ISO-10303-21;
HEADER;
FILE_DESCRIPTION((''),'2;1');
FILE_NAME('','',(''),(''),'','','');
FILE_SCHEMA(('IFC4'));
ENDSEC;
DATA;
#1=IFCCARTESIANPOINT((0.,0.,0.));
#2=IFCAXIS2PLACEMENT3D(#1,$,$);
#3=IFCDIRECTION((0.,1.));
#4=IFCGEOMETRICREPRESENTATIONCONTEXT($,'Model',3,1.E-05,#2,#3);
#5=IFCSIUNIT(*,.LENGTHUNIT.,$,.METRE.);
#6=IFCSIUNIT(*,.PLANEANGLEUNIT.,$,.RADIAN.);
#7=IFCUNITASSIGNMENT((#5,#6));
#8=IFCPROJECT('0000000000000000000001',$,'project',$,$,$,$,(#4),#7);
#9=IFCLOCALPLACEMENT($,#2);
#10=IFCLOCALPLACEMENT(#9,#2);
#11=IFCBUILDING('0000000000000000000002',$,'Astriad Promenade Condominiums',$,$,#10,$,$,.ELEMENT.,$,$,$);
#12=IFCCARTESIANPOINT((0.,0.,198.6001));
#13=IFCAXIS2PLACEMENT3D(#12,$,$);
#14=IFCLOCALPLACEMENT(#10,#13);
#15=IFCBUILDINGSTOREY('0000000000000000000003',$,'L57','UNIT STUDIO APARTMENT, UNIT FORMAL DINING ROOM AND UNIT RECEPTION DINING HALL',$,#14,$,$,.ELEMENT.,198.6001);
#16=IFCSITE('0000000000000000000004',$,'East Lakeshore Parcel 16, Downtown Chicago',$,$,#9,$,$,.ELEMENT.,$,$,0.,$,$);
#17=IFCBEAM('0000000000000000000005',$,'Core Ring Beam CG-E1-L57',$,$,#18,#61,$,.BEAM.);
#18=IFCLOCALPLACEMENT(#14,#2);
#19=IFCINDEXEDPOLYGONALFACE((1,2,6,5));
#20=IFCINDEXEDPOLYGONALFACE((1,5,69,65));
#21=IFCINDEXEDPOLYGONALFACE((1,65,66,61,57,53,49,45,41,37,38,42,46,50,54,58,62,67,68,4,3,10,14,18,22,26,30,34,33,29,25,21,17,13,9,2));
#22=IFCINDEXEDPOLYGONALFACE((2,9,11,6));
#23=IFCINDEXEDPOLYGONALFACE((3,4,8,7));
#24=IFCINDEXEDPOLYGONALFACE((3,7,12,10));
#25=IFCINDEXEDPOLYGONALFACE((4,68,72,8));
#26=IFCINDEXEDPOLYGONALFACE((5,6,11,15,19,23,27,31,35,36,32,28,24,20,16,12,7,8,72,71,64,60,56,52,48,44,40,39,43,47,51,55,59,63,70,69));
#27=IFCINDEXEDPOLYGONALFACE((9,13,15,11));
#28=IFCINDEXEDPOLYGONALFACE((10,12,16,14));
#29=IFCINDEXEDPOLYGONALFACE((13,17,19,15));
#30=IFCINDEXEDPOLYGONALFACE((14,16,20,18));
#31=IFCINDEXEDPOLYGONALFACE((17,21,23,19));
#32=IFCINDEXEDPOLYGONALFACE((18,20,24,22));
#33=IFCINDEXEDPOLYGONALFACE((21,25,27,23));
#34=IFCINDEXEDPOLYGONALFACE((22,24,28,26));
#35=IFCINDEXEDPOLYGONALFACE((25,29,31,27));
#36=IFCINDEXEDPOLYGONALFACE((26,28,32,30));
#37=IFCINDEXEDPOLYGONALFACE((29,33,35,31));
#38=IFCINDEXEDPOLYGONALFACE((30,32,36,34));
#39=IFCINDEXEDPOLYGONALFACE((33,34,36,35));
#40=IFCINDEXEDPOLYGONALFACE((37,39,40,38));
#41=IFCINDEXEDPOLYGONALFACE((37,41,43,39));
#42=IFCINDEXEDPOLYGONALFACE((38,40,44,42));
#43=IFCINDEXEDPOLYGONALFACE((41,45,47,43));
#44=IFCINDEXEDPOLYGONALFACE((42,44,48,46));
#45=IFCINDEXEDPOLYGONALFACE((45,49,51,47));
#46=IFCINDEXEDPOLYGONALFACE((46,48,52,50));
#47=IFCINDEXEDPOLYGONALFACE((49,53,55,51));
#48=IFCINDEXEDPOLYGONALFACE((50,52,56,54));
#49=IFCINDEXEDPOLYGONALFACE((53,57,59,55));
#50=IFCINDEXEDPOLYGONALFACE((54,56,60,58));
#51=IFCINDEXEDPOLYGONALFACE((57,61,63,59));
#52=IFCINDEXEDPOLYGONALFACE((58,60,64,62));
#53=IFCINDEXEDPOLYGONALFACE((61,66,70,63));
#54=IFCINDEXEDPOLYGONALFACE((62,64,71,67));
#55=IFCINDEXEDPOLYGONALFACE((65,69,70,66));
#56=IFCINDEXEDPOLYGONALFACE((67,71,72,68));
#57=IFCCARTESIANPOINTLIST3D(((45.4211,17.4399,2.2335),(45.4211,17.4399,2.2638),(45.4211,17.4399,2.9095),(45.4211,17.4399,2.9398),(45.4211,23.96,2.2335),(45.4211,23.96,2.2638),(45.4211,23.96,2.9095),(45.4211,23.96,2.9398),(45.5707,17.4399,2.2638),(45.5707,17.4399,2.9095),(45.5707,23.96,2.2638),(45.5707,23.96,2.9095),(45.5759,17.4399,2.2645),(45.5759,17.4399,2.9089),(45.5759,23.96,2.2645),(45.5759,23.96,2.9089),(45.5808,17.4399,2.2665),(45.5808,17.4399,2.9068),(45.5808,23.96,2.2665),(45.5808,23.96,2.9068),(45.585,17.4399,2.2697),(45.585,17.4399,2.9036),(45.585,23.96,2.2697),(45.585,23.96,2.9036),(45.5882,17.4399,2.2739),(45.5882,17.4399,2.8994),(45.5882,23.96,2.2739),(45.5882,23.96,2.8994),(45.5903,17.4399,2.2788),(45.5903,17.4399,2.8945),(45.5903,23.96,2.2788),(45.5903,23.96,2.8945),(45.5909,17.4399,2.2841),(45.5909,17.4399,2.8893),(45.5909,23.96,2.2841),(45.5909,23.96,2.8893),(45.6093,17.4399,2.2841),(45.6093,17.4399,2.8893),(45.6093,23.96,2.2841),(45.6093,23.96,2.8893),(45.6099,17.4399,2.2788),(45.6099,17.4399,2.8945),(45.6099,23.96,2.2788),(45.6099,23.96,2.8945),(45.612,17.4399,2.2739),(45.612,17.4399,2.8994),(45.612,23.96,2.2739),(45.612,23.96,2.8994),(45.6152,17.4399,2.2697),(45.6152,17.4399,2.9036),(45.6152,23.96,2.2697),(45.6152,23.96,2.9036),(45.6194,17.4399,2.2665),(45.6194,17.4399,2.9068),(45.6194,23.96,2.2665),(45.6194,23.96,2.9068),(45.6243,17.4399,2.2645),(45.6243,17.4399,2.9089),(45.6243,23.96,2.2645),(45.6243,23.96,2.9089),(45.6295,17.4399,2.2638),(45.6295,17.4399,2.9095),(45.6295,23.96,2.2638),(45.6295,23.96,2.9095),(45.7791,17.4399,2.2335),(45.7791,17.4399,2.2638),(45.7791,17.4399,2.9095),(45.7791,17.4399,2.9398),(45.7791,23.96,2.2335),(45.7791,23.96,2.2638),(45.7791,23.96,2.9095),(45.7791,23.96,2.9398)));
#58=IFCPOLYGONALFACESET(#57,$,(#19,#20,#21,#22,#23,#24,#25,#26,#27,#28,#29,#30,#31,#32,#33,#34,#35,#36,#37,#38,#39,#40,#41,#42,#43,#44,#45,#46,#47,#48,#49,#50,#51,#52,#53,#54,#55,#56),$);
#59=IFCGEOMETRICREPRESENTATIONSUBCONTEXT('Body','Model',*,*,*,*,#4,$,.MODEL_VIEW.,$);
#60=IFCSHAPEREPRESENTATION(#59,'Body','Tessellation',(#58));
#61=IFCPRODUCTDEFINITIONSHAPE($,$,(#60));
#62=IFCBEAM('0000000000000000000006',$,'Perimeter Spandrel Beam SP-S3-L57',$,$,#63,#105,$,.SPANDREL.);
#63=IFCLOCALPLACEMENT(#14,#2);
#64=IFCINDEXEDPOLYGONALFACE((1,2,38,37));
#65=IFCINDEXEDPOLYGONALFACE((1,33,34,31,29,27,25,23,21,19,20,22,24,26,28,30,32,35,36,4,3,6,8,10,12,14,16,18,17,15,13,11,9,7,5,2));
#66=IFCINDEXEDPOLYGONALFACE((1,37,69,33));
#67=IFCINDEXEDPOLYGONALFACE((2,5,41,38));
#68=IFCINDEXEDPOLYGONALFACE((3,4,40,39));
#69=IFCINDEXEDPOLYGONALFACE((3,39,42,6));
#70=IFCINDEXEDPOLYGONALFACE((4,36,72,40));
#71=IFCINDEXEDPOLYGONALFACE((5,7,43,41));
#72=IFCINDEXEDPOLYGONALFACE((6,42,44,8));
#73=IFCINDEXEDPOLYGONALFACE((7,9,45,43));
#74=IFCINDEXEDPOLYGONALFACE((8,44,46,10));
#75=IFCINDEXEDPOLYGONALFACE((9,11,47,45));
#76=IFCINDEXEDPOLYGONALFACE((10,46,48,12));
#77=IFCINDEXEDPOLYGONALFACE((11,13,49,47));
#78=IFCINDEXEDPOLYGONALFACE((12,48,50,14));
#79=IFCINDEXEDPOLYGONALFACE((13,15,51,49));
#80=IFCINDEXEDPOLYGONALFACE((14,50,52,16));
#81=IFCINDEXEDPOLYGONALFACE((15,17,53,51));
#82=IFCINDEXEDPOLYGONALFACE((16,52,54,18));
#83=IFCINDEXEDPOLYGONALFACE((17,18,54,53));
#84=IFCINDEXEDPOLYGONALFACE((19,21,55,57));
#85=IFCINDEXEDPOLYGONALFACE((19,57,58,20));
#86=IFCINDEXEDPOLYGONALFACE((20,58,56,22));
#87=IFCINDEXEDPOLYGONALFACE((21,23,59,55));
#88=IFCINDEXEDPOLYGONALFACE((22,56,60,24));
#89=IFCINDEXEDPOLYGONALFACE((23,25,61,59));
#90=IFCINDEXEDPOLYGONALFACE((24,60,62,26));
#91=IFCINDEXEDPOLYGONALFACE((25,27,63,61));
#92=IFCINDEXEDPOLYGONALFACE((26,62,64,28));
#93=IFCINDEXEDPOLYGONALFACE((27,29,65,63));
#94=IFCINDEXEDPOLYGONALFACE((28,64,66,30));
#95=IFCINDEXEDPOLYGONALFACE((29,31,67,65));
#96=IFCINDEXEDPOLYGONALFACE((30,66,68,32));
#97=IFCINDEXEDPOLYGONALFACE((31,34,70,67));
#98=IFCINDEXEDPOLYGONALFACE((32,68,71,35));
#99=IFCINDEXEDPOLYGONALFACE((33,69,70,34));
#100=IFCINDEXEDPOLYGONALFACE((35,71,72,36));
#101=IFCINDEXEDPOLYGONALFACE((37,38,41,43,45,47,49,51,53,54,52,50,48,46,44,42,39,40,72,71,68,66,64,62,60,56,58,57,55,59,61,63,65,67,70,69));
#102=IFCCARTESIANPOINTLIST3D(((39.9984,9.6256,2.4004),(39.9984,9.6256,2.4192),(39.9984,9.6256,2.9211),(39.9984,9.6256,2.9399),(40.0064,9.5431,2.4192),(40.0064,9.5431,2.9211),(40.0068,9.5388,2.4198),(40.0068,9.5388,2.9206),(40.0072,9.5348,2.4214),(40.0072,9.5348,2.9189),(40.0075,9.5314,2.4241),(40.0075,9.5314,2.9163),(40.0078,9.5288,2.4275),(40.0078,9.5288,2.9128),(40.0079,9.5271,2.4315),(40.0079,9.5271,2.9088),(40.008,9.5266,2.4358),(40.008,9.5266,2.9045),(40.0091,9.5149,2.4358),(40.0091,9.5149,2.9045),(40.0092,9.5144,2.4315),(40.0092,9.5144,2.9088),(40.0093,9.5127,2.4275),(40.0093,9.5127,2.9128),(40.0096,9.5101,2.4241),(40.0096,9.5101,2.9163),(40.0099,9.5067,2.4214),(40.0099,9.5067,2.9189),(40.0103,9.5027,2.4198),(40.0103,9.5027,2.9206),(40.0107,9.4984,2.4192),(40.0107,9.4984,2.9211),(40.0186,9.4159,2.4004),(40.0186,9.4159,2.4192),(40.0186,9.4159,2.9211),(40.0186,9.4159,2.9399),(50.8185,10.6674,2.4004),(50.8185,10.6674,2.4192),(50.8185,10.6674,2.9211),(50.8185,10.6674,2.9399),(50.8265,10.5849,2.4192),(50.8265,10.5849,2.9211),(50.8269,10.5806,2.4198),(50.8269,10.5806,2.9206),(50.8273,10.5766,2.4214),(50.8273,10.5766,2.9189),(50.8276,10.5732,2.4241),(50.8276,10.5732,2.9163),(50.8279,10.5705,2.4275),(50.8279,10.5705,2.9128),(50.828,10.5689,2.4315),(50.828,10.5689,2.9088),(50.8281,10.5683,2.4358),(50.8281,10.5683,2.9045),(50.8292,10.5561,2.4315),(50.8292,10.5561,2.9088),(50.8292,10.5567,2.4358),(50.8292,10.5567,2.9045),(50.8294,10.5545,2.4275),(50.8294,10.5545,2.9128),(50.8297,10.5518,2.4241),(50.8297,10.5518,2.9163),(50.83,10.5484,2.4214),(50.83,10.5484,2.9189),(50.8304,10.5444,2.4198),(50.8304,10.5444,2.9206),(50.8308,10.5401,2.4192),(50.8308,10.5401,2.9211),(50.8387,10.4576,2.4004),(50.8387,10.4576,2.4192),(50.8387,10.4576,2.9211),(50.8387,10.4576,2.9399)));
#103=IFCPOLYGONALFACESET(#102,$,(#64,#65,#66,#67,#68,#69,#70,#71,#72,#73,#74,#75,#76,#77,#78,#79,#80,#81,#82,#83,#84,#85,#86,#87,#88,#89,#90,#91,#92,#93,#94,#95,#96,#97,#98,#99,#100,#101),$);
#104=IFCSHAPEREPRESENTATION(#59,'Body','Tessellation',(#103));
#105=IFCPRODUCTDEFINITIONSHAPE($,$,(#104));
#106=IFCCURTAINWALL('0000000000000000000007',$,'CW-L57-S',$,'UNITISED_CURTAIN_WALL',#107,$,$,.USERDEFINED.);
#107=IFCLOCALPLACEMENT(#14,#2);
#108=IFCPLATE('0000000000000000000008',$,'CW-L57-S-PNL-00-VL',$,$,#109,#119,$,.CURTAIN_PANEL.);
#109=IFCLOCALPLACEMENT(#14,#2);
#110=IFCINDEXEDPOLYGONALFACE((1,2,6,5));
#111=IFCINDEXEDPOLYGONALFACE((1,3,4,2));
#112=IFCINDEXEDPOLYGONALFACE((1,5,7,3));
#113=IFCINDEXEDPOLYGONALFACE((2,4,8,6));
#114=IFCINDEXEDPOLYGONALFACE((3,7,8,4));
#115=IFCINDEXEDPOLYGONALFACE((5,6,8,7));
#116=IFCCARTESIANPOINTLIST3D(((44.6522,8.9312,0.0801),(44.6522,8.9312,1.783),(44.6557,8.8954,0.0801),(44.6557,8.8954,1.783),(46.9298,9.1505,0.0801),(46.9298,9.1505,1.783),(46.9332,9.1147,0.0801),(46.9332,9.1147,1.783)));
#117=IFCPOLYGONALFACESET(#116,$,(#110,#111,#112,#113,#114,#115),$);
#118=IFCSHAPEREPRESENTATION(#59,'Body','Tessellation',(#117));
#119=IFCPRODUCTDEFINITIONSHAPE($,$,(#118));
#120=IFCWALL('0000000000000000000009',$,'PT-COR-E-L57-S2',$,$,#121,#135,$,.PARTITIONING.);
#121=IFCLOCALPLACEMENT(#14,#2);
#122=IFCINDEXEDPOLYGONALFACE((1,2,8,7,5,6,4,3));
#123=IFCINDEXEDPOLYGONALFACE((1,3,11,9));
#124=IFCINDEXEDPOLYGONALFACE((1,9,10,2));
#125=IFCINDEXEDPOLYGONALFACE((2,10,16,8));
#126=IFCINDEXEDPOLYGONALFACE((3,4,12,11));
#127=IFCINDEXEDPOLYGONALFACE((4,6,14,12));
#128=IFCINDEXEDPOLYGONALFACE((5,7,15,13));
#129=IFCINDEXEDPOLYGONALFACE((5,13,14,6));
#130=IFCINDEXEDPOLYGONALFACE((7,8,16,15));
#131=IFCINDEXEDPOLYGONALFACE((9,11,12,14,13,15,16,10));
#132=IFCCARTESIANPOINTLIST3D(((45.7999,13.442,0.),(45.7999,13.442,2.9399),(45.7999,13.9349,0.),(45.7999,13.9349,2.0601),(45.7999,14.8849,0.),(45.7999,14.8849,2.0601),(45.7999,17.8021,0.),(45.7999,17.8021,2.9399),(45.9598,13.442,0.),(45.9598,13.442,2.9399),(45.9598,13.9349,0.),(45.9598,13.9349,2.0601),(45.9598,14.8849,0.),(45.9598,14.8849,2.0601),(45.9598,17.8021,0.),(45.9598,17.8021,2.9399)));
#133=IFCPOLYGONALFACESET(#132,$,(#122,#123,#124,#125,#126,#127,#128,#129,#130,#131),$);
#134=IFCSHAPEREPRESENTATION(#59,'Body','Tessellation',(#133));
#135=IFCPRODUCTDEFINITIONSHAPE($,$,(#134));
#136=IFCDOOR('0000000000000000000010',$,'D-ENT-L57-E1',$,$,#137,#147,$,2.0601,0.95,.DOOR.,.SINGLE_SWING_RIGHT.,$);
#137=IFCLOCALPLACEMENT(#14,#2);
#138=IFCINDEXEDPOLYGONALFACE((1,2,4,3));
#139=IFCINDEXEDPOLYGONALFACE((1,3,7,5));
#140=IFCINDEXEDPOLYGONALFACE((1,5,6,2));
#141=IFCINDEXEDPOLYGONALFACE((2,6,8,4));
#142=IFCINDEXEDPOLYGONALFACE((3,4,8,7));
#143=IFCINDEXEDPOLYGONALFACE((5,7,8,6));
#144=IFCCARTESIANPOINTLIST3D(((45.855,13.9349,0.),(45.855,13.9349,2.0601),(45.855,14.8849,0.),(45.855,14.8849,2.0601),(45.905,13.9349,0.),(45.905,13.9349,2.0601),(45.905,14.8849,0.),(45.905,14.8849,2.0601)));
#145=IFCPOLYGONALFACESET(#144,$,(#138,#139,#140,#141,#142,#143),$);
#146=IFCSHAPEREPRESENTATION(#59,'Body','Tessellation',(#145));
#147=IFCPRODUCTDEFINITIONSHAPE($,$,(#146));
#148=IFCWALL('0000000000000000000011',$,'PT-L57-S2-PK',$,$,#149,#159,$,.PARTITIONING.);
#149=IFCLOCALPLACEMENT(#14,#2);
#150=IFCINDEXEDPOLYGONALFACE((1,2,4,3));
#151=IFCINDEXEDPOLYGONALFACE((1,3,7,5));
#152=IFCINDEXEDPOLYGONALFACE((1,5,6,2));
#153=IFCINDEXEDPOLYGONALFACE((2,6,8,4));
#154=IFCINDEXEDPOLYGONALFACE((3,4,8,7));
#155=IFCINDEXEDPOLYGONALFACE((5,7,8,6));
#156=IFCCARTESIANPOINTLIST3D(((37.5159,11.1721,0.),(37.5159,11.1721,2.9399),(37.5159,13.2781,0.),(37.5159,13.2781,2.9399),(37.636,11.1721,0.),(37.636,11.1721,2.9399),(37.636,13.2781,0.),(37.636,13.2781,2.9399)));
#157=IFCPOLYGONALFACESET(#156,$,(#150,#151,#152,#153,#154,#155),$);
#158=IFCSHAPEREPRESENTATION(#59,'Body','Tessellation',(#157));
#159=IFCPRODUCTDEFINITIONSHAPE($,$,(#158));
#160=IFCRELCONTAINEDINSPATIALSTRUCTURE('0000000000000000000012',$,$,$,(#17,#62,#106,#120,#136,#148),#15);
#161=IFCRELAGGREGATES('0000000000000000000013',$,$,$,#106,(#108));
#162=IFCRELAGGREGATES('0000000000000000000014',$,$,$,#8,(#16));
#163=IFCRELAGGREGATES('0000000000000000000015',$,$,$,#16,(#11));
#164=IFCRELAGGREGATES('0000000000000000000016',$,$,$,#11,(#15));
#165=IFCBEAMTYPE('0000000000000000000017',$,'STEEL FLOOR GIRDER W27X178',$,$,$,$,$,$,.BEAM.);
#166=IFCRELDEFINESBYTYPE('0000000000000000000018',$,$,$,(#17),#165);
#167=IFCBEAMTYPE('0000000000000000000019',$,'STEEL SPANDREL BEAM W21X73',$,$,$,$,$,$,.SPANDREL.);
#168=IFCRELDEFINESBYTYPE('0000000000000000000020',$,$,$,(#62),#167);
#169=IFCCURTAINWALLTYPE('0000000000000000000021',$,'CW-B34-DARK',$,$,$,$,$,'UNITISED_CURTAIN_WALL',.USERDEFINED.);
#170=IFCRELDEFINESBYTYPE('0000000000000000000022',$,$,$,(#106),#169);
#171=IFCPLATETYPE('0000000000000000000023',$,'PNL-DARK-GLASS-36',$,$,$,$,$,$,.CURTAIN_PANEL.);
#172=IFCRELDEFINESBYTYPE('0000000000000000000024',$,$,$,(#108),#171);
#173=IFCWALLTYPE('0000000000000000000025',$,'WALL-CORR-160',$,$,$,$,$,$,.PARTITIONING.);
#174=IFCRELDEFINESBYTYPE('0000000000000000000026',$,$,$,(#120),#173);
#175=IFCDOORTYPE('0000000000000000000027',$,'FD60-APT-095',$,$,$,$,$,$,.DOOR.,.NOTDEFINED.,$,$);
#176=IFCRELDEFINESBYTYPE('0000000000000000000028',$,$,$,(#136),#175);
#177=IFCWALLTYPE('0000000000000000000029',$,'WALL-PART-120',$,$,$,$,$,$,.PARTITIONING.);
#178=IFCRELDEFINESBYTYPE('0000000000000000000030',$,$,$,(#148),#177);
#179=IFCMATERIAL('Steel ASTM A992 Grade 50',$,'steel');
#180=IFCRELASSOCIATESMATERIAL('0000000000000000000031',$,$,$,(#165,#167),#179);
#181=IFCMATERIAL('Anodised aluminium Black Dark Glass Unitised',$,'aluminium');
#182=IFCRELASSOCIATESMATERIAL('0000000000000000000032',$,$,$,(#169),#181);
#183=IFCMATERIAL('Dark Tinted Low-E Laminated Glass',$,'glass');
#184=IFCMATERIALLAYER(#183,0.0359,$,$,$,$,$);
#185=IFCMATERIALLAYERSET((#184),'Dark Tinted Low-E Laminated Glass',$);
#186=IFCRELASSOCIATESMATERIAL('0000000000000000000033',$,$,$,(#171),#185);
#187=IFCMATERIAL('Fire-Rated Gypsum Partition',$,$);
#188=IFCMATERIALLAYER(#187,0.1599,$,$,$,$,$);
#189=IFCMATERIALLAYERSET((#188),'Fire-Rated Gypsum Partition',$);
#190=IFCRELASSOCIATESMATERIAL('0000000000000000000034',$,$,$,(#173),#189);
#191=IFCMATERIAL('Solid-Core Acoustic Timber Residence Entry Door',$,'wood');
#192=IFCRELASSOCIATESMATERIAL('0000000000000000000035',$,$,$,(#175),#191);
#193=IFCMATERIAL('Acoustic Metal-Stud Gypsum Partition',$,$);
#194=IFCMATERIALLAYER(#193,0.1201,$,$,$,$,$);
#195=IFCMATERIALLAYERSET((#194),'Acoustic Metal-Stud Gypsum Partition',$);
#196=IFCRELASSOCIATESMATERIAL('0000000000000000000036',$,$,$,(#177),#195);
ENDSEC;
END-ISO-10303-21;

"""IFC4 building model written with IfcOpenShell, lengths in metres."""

from ifc_helpers import new_model, si_unit, direction, frame, frame_2d, origin, origin_2d, place, context, subcontext, project, spatial, rectangle, i_section, extrude, source, transform, mapped, material, layer, layer_set, material_profile, profile_set, type_object, type_shapes, element, fill, aggregate, save


model = new_model("IFC4")

# Units and contexts
model_context = context("Model", 3, precision=1e-05, world=origin(), true_north=direction((0.0, 1.0)))
body_context = subcontext(model_context, "Body", "Model", "MODEL_VIEW")
ifc_project = project(units=[si_unit("LENGTHUNIT", "METRE"), si_unit("PLANEANGLEUNIT", "RADIAN")], contexts=[model_context])

# Site, building, storey
site_placement = place(None, origin())
site = spatial("IfcSite", under=ifc_project, at=site_placement, Name="East Lakeshore Parcel 16, Downtown Chicago", CompositionType="ELEMENT", RefElevation=0.0)
building_placement = place(site_placement, origin())
building = spatial("IfcBuilding", under=site, at=building_placement, Name="Astriad Promenade Condominiums", CompositionType="ELEMENT")
storey_placement = place(building_placement, frame((0.0, 0.0, 198.6001)))
storey = spatial("IfcBuildingStorey", under=building, at=storey_placement, Name="L57", Description="UNIT STUDIO APARTMENT, UNIT FORMAL DINING ROOM AND UNIT RECEPTION DINING HALL", CompositionType="ELEMENT", Elevation=198.6001)

# Shared definitions
ifc_material_1 = material(Name="Steel ASTM A992 Grade 50", Category="steel")

# Beams
ifc_material_profile_1 = material_profile(ifc_material_1, i_section(OverallWidth=0.3579, OverallDepth=0.7063, WebThickness=0.0183, FlangeThickness=0.0303, FilletRadius=0.0203, at=origin_2d()), Name="W27X178")
ifc_profile_set_1 = profile_set([ifc_material_profile_1], Name="Steel ASTM A992 Grade 50")
beam_type_1 = type_object("IfcBeamType", Name="STEEL FLOOR GIRDER W27X178", PredefinedType="BEAM", material=ifc_profile_set_1)
shared_shape_1 = source(origin(), body_context, "Body", "SweptSolid", [
    extrude(i_section(OverallWidth=0.3579, OverallDepth=0.7063, WebThickness=0.0183, FlangeThickness=0.0303, FilletRadius=0.0203, at=origin_2d()), origin(), (0.0, 0.0, 1.0), 6.52),
])
type_shapes(beam_type_1, [shared_shape_1])
beam_1_placement = place(storey_placement, frame((45.6001, 17.4399, 2.5867), z_axis=(0.0, 1.0, 0.0), x_axis=(-1.0, 0.0, 0.0)))
element("IfcBeam", 1, at=beam_1_placement, inside=storey, type_object=beam_type_1, Name="Core Ring Beam CG-E1-L57", PredefinedType="BEAM", context=body_context, shape_type="MappedRepresentation", body=[
    mapped(shared_shape_1, transform((0.0, 0.0, 0.0), scale=1.0)),
])
ifc_material_profile_2 = material_profile(ifc_material_1, i_section(OverallWidth=0.2107, OverallDepth=0.5396, WebThickness=0.0117, FlangeThickness=0.0188, FilletRadius=0.0166, at=origin_2d()), Name="W21X73")
ifc_profile_set_2 = profile_set([ifc_material_profile_2], Name="Steel ASTM A992 Grade 50")
beam_type_2 = type_object("IfcBeamType", Name="STEEL SPANDREL BEAM W21X73", PredefinedType="SPANDREL", material=ifc_profile_set_2)
shared_shape_2 = source(origin(), body_context, "Body", "SweptSolid", [
    extrude(i_section(OverallWidth=0.2107, OverallDepth=0.5396, WebThickness=0.0117, FlangeThickness=0.0188, FilletRadius=0.0166, at=origin_2d()), origin(), (0.0, 0.0, 1.0), 10.8701),
])
type_shapes(beam_type_2, [shared_shape_2])
beam_2_placement = place(storey_placement, frame((40.0085, 9.5208, 2.6702), z_axis=(0.995397, 0.095836, 0.0), x_axis=(-0.095836, 0.995397, 0.0)))
element("IfcBeam", 2, at=beam_2_placement, inside=storey, type_object=beam_type_2, Name="Perimeter Spandrel Beam SP-S3-L57", PredefinedType="SPANDREL", context=body_context, shape_type="MappedRepresentation", body=[
    mapped(shared_shape_2, transform((0.0, 0.0, 0.0), scale=1.0)),
])

# Curtain wall, plate
ifc_material_2 = material(Name="Anodised aluminium Black Dark Glass Unitised", Category="aluminium")
curtain_wall_type = type_object("IfcCurtainWallType", Name="CW-B34-DARK", ElementType="UNITISED_CURTAIN_WALL", PredefinedType="USERDEFINED", material=ifc_material_2)
curtain_wall_placement = place(storey_placement, origin())
curtain_wall = element("IfcCurtainWall", 3, at=curtain_wall_placement, inside=storey, type_object=curtain_wall_type, Name="CW-L57-S", ObjectType="UNITISED_CURTAIN_WALL", PredefinedType="USERDEFINED")
ifc_material_3 = material(Name="Dark Tinted Low-E Laminated Glass", Category="glass")
ifc_layer_1 = layer(ifc_material_3, 0.0359)
ifc_layer_set_1 = layer_set([ifc_layer_1], Name="Dark Tinted Low-E Laminated Glass")
plate_type = type_object("IfcPlateType", Name="PNL-DARK-GLASS-36", PredefinedType="CURTAIN_PANEL", material=ifc_layer_set_1)
shared_shape_3 = source(origin(), body_context, "Body", "SweptSolid", [
    extrude(rectangle(XDim=2.2881, YDim=0.0359, at=origin_2d()), origin(), (0.0, 0.0, 1.0), 1.7029),
])
type_shapes(plate_type, [shared_shape_3])
plate_placement = place(storey_placement, frame((45.7927, 9.0229, 0.0801), z_axis=(0.0, 0.0, 1.0), x_axis=(-0.995396, -0.095846, 0.0)))
plate = element("IfcPlate", 4, at=plate_placement, type_object=plate_type, Name="CW-L57-S-PNL-00-VL", PredefinedType="CURTAIN_PANEL", context=body_context, shape_type="MappedRepresentation", body=[
    mapped(shared_shape_3, transform((0.0, 0.0, 0.0), scale=1.0)),
])
aggregate(curtain_wall, [plate])

# Wall, opening, door
ifc_material_4 = material(Name="Fire-Rated Gypsum Partition")
ifc_layer_2 = layer(ifc_material_4, 0.1599)
ifc_layer_set_2 = layer_set([ifc_layer_2], Name="Fire-Rated Gypsum Partition")
wall_type_1 = type_object("IfcWallType", Name="WALL-CORR-160", PredefinedType="PARTITIONING", material=ifc_layer_set_2)
wall_1_placement = place(storey_placement, frame((45.8799, 13.4419, 0.0), z_axis=(0.0, 0.0, 1.0), x_axis=(0.0, 1.0, 0.0)))
wall_1 = element("IfcWall", 5, at=wall_1_placement, inside=storey, type_object=wall_type_1, Name="PT-COR-E-L57-S2", PredefinedType="PARTITIONING", context=body_context, shape_type="SweptSolid", body=[
    extrude(rectangle(XDim=4.3601, YDim=0.1599, at=frame_2d((2.1802, 0.0))), origin(), (0.0, 0.0, 1.0), 2.9399),
])
opening_1_placement = place(wall_1_placement, frame((0.4929, 0.0, 0.0)))
opening_1 = element("IfcOpeningElement", 6, at=opening_1_placement, cuts=wall_1, PredefinedType="OPENING", context=body_context, shape_type="SweptSolid", body=[
    extrude(rectangle(XDim=0.95, YDim=2.0601, at=frame_2d((0.4751, 1.03))), frame((0.0, 0.0898, 0.0), z_axis=(0.0, -1.0, 0.0), x_axis=(1.0, 0.0, 0.0)), (0.0, 0.0, 1.0), 0.1799),
])
ifc_material_5 = material(Name="Solid-Core Acoustic Timber Residence Entry Door", Category="wood")
door_type_1 = type_object("IfcDoorType", Name="FD60-APT-095", OperationType="NOTDEFINED", PredefinedType="DOOR", material=ifc_material_5)
shared_shape_4 = source(origin(), body_context, "Body", "SweptSolid", [
    extrude(rectangle(XDim=0.95, YDim=2.0601, at=frame_2d((0.4751, 1.03))), frame((0.0, 0.0249, 0.0), z_axis=(0.0, -1.0, 0.0), x_axis=(1.0, 0.0, 0.0)), (0.0, 0.0, 1.0), 0.05),
])
type_shapes(door_type_1, [shared_shape_4])
door_1_placement = place(opening_1_placement, origin())
door_1 = element("IfcDoor", 7, at=door_1_placement, inside=storey, type_object=door_type_1, Name="D-ENT-L57-E1", OperationType="SINGLE_SWING_RIGHT", OverallHeight=2.0601, OverallWidth=0.95, PredefinedType="DOOR", context=body_context, shape_type="MappedRepresentation", body=[
    mapped(shared_shape_4, transform((0.0, 0.0, 0.0), scale=1.0)),
])
fill(opening_1, door_1)

# Wall
ifc_material_6 = material(Name="Acoustic Metal-Stud Gypsum Partition")
ifc_layer_3 = layer(ifc_material_6, 0.1201)
ifc_layer_set_3 = layer_set([ifc_layer_3], Name="Acoustic Metal-Stud Gypsum Partition")
wall_type_2 = type_object("IfcWallType", Name="WALL-PART-120", PredefinedType="PARTITIONING", material=ifc_layer_set_3)
wall_2_placement = place(storey_placement, frame((37.5759, 11.1721, 0.0), z_axis=(0.0, 0.0, 1.0), x_axis=(0.0, 1.0, 0.0)))
element("IfcWall", 8, at=wall_2_placement, inside=storey, type_object=wall_type_2, Name="PT-L57-S2-PK", PredefinedType="PARTITIONING", context=body_context, shape_type="SweptSolid", body=[
    extrude(rectangle(XDim=2.106, YDim=0.1201, at=frame_2d((1.053, 0.0))), origin(), (0.0, 0.0, 1.0), 2.9399),
])

save(model, "model.ifc")
